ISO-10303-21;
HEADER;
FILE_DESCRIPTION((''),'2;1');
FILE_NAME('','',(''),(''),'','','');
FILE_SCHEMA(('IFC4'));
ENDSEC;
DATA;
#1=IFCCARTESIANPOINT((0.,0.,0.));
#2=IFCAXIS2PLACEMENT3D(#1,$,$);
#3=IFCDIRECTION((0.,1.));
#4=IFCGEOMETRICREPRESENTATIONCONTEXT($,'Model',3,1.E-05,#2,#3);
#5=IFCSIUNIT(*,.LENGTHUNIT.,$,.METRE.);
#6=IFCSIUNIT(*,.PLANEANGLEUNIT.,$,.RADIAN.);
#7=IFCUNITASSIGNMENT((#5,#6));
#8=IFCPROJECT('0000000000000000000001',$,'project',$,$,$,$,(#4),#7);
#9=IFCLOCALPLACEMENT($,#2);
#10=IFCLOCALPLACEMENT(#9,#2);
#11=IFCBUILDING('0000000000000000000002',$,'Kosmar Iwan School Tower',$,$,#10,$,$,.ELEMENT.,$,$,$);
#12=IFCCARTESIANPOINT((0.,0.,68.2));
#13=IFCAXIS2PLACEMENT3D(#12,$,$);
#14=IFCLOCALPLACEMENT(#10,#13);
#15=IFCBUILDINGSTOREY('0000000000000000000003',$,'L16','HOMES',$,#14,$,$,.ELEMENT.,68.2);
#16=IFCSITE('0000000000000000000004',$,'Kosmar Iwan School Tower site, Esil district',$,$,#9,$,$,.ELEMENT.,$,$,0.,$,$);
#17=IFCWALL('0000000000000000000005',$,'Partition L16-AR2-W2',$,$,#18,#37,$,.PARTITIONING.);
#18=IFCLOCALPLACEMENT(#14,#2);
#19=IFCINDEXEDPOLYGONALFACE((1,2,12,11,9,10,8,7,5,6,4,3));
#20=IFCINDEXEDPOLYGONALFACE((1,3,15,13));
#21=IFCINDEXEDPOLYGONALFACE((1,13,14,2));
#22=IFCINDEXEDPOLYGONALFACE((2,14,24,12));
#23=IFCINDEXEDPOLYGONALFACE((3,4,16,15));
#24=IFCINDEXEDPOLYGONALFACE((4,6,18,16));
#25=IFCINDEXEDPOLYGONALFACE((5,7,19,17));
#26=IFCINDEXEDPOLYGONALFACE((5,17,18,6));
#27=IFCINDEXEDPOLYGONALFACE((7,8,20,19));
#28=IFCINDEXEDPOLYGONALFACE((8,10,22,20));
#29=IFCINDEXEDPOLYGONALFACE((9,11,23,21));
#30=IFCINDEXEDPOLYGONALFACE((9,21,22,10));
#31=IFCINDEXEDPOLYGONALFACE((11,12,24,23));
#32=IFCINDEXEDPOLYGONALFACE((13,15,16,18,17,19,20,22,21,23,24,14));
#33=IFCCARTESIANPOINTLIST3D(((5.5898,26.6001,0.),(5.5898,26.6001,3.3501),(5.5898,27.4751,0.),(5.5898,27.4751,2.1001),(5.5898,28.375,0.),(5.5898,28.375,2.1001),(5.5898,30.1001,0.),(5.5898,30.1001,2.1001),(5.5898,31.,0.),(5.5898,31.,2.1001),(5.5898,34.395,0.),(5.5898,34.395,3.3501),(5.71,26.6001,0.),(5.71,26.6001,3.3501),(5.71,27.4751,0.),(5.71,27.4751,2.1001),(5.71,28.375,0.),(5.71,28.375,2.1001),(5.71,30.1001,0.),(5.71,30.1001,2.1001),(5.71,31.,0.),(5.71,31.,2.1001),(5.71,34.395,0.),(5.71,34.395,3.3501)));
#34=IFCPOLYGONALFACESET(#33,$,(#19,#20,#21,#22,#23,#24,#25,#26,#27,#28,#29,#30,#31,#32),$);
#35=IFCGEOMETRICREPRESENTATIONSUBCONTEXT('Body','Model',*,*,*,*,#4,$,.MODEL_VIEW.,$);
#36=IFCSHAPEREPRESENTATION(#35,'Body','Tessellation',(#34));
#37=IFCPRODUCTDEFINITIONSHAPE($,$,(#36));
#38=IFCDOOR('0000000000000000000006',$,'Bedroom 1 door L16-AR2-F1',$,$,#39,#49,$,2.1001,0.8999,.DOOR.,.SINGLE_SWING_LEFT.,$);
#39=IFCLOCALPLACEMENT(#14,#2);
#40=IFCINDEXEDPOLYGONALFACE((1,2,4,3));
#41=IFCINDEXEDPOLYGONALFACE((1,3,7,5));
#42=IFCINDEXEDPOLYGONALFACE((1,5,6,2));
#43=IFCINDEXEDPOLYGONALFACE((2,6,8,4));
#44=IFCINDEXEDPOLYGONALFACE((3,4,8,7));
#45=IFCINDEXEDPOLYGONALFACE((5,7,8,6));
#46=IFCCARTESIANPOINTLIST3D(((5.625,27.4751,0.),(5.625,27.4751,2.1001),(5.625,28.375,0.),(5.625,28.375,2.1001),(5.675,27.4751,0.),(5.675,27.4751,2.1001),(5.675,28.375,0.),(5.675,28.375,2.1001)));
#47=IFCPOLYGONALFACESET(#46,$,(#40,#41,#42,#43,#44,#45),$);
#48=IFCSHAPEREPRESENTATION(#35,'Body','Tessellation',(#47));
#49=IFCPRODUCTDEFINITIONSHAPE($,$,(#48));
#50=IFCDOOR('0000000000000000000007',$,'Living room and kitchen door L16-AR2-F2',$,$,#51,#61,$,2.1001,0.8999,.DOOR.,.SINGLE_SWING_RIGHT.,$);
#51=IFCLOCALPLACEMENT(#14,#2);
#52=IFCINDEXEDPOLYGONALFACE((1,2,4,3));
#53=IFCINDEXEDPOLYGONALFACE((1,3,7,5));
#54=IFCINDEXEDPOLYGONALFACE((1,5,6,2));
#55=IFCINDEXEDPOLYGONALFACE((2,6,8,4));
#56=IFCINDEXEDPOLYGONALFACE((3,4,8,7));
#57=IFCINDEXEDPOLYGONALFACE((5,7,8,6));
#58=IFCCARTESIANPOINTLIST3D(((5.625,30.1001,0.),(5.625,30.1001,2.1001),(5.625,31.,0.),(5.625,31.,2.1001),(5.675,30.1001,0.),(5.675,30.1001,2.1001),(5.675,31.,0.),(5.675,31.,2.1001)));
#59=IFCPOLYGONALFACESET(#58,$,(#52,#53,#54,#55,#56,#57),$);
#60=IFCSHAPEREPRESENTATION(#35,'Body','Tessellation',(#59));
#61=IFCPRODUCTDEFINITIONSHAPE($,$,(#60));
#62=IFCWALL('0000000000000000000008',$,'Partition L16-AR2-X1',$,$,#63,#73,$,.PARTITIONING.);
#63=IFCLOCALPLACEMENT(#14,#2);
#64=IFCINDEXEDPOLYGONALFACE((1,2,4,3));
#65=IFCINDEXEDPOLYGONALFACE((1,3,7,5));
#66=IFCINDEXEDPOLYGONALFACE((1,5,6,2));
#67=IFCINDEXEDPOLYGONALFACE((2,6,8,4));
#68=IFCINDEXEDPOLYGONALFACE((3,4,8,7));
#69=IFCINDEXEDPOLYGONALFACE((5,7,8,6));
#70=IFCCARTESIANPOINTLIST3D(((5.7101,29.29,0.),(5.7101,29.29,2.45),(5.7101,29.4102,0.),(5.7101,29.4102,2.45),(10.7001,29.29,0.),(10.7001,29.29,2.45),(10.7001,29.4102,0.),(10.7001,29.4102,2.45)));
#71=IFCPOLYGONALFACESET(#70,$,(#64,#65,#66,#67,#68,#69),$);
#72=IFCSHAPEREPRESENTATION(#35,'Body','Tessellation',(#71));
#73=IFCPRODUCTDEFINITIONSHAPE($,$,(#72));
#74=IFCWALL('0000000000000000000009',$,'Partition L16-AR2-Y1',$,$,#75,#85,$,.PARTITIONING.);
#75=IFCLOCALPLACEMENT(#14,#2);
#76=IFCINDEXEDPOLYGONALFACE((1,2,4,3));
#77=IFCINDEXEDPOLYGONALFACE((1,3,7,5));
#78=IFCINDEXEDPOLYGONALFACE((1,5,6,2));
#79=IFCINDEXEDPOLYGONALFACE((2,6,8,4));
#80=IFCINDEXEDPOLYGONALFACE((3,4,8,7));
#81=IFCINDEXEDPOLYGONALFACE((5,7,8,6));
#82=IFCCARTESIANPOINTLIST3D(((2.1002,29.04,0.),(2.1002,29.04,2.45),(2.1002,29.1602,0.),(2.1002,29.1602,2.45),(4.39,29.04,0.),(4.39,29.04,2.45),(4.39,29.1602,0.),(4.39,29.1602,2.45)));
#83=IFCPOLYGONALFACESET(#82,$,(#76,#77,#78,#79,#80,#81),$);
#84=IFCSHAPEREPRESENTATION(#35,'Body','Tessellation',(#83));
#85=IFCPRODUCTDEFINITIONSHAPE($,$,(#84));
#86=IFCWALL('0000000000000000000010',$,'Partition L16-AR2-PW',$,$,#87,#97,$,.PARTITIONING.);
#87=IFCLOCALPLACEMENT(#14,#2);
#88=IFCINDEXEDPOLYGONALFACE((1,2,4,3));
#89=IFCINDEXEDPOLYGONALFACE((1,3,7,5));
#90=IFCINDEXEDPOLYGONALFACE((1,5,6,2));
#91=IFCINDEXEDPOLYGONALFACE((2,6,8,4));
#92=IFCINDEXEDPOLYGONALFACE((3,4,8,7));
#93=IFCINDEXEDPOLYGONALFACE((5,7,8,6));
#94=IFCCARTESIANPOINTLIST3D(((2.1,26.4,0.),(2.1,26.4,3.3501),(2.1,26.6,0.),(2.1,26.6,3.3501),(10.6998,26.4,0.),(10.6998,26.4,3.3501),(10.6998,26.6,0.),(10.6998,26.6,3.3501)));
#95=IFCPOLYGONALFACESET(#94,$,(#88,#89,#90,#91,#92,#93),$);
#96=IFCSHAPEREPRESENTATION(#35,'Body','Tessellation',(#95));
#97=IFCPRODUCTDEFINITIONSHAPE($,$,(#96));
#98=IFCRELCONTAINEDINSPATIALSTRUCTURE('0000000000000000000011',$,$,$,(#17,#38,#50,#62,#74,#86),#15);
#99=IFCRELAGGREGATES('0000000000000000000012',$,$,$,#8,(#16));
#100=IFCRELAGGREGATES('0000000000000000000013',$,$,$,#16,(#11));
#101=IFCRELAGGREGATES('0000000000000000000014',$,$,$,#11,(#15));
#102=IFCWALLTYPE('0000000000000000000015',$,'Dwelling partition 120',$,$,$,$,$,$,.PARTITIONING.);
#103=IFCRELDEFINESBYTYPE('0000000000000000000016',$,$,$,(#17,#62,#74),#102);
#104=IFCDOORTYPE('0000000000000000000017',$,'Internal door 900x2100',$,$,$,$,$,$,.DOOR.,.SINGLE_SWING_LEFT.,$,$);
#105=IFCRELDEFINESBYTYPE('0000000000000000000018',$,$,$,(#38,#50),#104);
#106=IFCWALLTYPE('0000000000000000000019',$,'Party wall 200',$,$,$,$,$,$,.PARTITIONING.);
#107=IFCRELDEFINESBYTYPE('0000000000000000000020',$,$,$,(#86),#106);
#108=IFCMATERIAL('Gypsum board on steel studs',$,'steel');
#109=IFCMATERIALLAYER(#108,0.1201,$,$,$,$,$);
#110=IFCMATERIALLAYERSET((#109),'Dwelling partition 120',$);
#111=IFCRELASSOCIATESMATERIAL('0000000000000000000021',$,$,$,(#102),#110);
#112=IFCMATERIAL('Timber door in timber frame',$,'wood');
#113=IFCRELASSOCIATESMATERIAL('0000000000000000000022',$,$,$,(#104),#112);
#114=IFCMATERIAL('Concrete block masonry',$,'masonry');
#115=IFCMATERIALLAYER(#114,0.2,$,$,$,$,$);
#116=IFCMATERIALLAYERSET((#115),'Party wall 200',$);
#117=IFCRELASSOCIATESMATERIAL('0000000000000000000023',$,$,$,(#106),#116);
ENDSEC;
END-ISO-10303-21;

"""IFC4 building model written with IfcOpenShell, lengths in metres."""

from ifc_helpers import new_model, si_unit, direction, frame, frame_2d, origin, place, context, subcontext, project, spatial, rectangle, extrude, material, layer, layer_set, type_object, element, fill, save


model = new_model("IFC4")

# Units and contexts
model_context = context("Model", 3, precision=1e-05, world=origin(), true_north=direction((0.0, 1.0)))
body_context = subcontext(model_context, "Body", "Model", "MODEL_VIEW")
ifc_project = project(units=[si_unit("LENGTHUNIT", "METRE"), si_unit("PLANEANGLEUNIT", "RADIAN")], contexts=[model_context])

# Site, building, storey
site_placement = place(None, origin())
site = spatial("IfcSite", under=ifc_project, at=site_placement, Name="Kosmar Iwan School Tower site, Esil district", CompositionType="ELEMENT", RefElevation=0.0)
building_placement = place(site_placement, origin())
building = spatial("IfcBuilding", under=site, at=building_placement, Name="Kosmar Iwan School Tower", CompositionType="ELEMENT")
storey_placement = place(building_placement, frame((0.0, 0.0, 68.2)))
storey = spatial("IfcBuildingStorey", under=building, at=storey_placement, Name="L16", Description="HOMES", CompositionType="ELEMENT", Elevation=68.2)

# Shared definitions
ifc_material_1 = material(Name="Gypsum board on steel studs", Category="steel")
ifc_layer_1 = layer(ifc_material_1, 0.1201)
ifc_layer_set_1 = layer_set([ifc_layer_1], Name="Dwelling partition 120")
wall_type_1 = type_object("IfcWallType", Name="Dwelling partition 120", PredefinedType="PARTITIONING", material=ifc_layer_set_1)

# Wall, openings, doors
ifc_material_2 = material(Name="Timber door in timber frame", Category="wood")
door_type_1 = type_object("IfcDoorType", Name="Internal door 900x2100", OperationType="SINGLE_SWING_LEFT", PredefinedType="DOOR", material=ifc_material_2)
wall_1_placement = place(storey_placement, frame((5.6499, 26.6001, 0.0), z_axis=(0.0, 0.0, 1.0), x_axis=(0.0, 1.0, 0.0)))
wall_1 = element("IfcWall", 1, at=wall_1_placement, inside=storey, type_object=wall_type_1, Name="Partition L16-AR2-W2", PredefinedType="PARTITIONING", context=body_context, shape_type="SweptSolid", body=[
    extrude(rectangle(XDim=7.7949, YDim=0.1201, at=frame_2d((3.8975, 0.0))), origin(), (0.0, 0.0, 1.0), 3.3501),
])
opening_1_placement = place(wall_1_placement, frame((0.875, 0.0, 0.0)))
opening_1 = element("IfcOpeningElement", 2, at=opening_1_placement, cuts=wall_1, PredefinedType="OPENING", context=body_context, shape_type="SweptSolid", body=[
    extrude(rectangle(XDim=0.8999, YDim=2.1001, at=frame_2d((0.45, 1.05))), frame((0.0, 0.072, 0.0), z_axis=(0.0, -1.0, 0.0), x_axis=(1.0, 0.0, 0.0)), (0.0, 0.0, 1.0), 0.144),
])
opening_2_placement = place(wall_1_placement, frame((3.5, 0.0, 0.0)))
opening_2 = element("IfcOpeningElement", 3, at=opening_2_placement, cuts=wall_1, PredefinedType="OPENING", context=body_context, shape_type="SweptSolid", body=[
    extrude(rectangle(XDim=0.8999, YDim=2.1001, at=frame_2d((0.45, 1.05))), frame((0.0, 0.072, 0.0), z_axis=(0.0, -1.0, 0.0), x_axis=(1.0, 0.0, 0.0)), (0.0, 0.0, 1.0), 0.144),
])
door_1_placement = place(opening_1_placement, origin())
door_1 = element("IfcDoor", 4, at=door_1_placement, inside=storey, type_object=door_type_1, Name="Bedroom 1 door L16-AR2-F1", OperationType="SINGLE_SWING_LEFT", OverallHeight=2.1001, OverallWidth=0.8999, PredefinedType="DOOR", context=body_context, shape_type="SweptSolid", body=[
    extrude(rectangle(XDim=0.8999, YDim=2.1001, at=frame_2d((0.45, 1.05))), frame((0.0, 0.0249, 0.0), z_axis=(0.0, -1.0, 0.0), x_axis=(1.0, 0.0, 0.0)), (0.0, 0.0, 1.0), 0.05),
])
fill(opening_1, door_1)
door_2_placement = place(opening_2_placement, origin())
door_2 = element("IfcDoor", 5, at=door_2_placement, inside=storey, type_object=door_type_1, Name="Living room and kitchen door L16-AR2-F2", OperationType="SINGLE_SWING_RIGHT", OverallHeight=2.1001, OverallWidth=0.8999, PredefinedType="DOOR", context=body_context, shape_type="SweptSolid", body=[
    extrude(rectangle(XDim=0.8999, YDim=2.1001, at=frame_2d((0.45, 1.05))), frame((0.0, 0.0249, 0.0), z_axis=(0.0, -1.0, 0.0), x_axis=(1.0, 0.0, 0.0)), (0.0, 0.0, 1.0), 0.05),
])
fill(opening_2, door_2)

# Walls
wall_2_placement = place(storey_placement, frame((5.71, 29.3501, 0.0), z_axis=(0.0, 0.0, 1.0), x_axis=(1.0, 0.0, 0.0)))
element("IfcWall", 6, at=wall_2_placement, inside=storey, type_object=wall_type_1, Name="Partition L16-AR2-X1", PredefinedType="PARTITIONING", context=body_context, shape_type="SweptSolid", body=[
    extrude(rectangle(XDim=4.99, YDim=0.1201, at=frame_2d((2.4951, 0.0))), origin(), (0.0, 0.0, 1.0), 2.45),
])
wall_3_placement = place(storey_placement, frame((2.1001, 29.1001, 0.0), z_axis=(0.0, 0.0, 1.0), x_axis=(1.0, 0.0, 0.0)))
element("IfcWall", 7, at=wall_3_placement, inside=storey, type_object=wall_type_1, Name="Partition L16-AR2-Y1", PredefinedType="PARTITIONING", context=body_context, shape_type="SweptSolid", body=[
    extrude(rectangle(XDim=2.2898, YDim=0.1201, at=frame_2d((1.145, 0.0))), origin(), (0.0, 0.0, 1.0), 2.45),
])
ifc_material_3 = material(Name="Concrete block masonry", Category="masonry")
ifc_layer_2 = layer(ifc_material_3, 0.2)
ifc_layer_set_2 = layer_set([ifc_layer_2], Name="Party wall 200")
wall_type_2 = type_object("IfcWallType", Name="Party wall 200", PredefinedType="PARTITIONING", material=ifc_layer_set_2)
wall_4_placement = place(storey_placement, frame((2.1001, 26.5, 0.0), z_axis=(0.0, 0.0, 1.0), x_axis=(1.0, 0.0, 0.0)))
element("IfcWall", 8, at=wall_4_placement, inside=storey, type_object=wall_type_2, Name="Partition L16-AR2-PW", PredefinedType="PARTITIONING", context=body_context, shape_type="SweptSolid", body=[
    extrude(rectangle(XDim=8.5999, YDim=0.2, at=frame_2d((4.2998, 0.0))), origin(), (0.0, 0.0, 1.0), 3.3501),
])

save(model, "model.ifc")
